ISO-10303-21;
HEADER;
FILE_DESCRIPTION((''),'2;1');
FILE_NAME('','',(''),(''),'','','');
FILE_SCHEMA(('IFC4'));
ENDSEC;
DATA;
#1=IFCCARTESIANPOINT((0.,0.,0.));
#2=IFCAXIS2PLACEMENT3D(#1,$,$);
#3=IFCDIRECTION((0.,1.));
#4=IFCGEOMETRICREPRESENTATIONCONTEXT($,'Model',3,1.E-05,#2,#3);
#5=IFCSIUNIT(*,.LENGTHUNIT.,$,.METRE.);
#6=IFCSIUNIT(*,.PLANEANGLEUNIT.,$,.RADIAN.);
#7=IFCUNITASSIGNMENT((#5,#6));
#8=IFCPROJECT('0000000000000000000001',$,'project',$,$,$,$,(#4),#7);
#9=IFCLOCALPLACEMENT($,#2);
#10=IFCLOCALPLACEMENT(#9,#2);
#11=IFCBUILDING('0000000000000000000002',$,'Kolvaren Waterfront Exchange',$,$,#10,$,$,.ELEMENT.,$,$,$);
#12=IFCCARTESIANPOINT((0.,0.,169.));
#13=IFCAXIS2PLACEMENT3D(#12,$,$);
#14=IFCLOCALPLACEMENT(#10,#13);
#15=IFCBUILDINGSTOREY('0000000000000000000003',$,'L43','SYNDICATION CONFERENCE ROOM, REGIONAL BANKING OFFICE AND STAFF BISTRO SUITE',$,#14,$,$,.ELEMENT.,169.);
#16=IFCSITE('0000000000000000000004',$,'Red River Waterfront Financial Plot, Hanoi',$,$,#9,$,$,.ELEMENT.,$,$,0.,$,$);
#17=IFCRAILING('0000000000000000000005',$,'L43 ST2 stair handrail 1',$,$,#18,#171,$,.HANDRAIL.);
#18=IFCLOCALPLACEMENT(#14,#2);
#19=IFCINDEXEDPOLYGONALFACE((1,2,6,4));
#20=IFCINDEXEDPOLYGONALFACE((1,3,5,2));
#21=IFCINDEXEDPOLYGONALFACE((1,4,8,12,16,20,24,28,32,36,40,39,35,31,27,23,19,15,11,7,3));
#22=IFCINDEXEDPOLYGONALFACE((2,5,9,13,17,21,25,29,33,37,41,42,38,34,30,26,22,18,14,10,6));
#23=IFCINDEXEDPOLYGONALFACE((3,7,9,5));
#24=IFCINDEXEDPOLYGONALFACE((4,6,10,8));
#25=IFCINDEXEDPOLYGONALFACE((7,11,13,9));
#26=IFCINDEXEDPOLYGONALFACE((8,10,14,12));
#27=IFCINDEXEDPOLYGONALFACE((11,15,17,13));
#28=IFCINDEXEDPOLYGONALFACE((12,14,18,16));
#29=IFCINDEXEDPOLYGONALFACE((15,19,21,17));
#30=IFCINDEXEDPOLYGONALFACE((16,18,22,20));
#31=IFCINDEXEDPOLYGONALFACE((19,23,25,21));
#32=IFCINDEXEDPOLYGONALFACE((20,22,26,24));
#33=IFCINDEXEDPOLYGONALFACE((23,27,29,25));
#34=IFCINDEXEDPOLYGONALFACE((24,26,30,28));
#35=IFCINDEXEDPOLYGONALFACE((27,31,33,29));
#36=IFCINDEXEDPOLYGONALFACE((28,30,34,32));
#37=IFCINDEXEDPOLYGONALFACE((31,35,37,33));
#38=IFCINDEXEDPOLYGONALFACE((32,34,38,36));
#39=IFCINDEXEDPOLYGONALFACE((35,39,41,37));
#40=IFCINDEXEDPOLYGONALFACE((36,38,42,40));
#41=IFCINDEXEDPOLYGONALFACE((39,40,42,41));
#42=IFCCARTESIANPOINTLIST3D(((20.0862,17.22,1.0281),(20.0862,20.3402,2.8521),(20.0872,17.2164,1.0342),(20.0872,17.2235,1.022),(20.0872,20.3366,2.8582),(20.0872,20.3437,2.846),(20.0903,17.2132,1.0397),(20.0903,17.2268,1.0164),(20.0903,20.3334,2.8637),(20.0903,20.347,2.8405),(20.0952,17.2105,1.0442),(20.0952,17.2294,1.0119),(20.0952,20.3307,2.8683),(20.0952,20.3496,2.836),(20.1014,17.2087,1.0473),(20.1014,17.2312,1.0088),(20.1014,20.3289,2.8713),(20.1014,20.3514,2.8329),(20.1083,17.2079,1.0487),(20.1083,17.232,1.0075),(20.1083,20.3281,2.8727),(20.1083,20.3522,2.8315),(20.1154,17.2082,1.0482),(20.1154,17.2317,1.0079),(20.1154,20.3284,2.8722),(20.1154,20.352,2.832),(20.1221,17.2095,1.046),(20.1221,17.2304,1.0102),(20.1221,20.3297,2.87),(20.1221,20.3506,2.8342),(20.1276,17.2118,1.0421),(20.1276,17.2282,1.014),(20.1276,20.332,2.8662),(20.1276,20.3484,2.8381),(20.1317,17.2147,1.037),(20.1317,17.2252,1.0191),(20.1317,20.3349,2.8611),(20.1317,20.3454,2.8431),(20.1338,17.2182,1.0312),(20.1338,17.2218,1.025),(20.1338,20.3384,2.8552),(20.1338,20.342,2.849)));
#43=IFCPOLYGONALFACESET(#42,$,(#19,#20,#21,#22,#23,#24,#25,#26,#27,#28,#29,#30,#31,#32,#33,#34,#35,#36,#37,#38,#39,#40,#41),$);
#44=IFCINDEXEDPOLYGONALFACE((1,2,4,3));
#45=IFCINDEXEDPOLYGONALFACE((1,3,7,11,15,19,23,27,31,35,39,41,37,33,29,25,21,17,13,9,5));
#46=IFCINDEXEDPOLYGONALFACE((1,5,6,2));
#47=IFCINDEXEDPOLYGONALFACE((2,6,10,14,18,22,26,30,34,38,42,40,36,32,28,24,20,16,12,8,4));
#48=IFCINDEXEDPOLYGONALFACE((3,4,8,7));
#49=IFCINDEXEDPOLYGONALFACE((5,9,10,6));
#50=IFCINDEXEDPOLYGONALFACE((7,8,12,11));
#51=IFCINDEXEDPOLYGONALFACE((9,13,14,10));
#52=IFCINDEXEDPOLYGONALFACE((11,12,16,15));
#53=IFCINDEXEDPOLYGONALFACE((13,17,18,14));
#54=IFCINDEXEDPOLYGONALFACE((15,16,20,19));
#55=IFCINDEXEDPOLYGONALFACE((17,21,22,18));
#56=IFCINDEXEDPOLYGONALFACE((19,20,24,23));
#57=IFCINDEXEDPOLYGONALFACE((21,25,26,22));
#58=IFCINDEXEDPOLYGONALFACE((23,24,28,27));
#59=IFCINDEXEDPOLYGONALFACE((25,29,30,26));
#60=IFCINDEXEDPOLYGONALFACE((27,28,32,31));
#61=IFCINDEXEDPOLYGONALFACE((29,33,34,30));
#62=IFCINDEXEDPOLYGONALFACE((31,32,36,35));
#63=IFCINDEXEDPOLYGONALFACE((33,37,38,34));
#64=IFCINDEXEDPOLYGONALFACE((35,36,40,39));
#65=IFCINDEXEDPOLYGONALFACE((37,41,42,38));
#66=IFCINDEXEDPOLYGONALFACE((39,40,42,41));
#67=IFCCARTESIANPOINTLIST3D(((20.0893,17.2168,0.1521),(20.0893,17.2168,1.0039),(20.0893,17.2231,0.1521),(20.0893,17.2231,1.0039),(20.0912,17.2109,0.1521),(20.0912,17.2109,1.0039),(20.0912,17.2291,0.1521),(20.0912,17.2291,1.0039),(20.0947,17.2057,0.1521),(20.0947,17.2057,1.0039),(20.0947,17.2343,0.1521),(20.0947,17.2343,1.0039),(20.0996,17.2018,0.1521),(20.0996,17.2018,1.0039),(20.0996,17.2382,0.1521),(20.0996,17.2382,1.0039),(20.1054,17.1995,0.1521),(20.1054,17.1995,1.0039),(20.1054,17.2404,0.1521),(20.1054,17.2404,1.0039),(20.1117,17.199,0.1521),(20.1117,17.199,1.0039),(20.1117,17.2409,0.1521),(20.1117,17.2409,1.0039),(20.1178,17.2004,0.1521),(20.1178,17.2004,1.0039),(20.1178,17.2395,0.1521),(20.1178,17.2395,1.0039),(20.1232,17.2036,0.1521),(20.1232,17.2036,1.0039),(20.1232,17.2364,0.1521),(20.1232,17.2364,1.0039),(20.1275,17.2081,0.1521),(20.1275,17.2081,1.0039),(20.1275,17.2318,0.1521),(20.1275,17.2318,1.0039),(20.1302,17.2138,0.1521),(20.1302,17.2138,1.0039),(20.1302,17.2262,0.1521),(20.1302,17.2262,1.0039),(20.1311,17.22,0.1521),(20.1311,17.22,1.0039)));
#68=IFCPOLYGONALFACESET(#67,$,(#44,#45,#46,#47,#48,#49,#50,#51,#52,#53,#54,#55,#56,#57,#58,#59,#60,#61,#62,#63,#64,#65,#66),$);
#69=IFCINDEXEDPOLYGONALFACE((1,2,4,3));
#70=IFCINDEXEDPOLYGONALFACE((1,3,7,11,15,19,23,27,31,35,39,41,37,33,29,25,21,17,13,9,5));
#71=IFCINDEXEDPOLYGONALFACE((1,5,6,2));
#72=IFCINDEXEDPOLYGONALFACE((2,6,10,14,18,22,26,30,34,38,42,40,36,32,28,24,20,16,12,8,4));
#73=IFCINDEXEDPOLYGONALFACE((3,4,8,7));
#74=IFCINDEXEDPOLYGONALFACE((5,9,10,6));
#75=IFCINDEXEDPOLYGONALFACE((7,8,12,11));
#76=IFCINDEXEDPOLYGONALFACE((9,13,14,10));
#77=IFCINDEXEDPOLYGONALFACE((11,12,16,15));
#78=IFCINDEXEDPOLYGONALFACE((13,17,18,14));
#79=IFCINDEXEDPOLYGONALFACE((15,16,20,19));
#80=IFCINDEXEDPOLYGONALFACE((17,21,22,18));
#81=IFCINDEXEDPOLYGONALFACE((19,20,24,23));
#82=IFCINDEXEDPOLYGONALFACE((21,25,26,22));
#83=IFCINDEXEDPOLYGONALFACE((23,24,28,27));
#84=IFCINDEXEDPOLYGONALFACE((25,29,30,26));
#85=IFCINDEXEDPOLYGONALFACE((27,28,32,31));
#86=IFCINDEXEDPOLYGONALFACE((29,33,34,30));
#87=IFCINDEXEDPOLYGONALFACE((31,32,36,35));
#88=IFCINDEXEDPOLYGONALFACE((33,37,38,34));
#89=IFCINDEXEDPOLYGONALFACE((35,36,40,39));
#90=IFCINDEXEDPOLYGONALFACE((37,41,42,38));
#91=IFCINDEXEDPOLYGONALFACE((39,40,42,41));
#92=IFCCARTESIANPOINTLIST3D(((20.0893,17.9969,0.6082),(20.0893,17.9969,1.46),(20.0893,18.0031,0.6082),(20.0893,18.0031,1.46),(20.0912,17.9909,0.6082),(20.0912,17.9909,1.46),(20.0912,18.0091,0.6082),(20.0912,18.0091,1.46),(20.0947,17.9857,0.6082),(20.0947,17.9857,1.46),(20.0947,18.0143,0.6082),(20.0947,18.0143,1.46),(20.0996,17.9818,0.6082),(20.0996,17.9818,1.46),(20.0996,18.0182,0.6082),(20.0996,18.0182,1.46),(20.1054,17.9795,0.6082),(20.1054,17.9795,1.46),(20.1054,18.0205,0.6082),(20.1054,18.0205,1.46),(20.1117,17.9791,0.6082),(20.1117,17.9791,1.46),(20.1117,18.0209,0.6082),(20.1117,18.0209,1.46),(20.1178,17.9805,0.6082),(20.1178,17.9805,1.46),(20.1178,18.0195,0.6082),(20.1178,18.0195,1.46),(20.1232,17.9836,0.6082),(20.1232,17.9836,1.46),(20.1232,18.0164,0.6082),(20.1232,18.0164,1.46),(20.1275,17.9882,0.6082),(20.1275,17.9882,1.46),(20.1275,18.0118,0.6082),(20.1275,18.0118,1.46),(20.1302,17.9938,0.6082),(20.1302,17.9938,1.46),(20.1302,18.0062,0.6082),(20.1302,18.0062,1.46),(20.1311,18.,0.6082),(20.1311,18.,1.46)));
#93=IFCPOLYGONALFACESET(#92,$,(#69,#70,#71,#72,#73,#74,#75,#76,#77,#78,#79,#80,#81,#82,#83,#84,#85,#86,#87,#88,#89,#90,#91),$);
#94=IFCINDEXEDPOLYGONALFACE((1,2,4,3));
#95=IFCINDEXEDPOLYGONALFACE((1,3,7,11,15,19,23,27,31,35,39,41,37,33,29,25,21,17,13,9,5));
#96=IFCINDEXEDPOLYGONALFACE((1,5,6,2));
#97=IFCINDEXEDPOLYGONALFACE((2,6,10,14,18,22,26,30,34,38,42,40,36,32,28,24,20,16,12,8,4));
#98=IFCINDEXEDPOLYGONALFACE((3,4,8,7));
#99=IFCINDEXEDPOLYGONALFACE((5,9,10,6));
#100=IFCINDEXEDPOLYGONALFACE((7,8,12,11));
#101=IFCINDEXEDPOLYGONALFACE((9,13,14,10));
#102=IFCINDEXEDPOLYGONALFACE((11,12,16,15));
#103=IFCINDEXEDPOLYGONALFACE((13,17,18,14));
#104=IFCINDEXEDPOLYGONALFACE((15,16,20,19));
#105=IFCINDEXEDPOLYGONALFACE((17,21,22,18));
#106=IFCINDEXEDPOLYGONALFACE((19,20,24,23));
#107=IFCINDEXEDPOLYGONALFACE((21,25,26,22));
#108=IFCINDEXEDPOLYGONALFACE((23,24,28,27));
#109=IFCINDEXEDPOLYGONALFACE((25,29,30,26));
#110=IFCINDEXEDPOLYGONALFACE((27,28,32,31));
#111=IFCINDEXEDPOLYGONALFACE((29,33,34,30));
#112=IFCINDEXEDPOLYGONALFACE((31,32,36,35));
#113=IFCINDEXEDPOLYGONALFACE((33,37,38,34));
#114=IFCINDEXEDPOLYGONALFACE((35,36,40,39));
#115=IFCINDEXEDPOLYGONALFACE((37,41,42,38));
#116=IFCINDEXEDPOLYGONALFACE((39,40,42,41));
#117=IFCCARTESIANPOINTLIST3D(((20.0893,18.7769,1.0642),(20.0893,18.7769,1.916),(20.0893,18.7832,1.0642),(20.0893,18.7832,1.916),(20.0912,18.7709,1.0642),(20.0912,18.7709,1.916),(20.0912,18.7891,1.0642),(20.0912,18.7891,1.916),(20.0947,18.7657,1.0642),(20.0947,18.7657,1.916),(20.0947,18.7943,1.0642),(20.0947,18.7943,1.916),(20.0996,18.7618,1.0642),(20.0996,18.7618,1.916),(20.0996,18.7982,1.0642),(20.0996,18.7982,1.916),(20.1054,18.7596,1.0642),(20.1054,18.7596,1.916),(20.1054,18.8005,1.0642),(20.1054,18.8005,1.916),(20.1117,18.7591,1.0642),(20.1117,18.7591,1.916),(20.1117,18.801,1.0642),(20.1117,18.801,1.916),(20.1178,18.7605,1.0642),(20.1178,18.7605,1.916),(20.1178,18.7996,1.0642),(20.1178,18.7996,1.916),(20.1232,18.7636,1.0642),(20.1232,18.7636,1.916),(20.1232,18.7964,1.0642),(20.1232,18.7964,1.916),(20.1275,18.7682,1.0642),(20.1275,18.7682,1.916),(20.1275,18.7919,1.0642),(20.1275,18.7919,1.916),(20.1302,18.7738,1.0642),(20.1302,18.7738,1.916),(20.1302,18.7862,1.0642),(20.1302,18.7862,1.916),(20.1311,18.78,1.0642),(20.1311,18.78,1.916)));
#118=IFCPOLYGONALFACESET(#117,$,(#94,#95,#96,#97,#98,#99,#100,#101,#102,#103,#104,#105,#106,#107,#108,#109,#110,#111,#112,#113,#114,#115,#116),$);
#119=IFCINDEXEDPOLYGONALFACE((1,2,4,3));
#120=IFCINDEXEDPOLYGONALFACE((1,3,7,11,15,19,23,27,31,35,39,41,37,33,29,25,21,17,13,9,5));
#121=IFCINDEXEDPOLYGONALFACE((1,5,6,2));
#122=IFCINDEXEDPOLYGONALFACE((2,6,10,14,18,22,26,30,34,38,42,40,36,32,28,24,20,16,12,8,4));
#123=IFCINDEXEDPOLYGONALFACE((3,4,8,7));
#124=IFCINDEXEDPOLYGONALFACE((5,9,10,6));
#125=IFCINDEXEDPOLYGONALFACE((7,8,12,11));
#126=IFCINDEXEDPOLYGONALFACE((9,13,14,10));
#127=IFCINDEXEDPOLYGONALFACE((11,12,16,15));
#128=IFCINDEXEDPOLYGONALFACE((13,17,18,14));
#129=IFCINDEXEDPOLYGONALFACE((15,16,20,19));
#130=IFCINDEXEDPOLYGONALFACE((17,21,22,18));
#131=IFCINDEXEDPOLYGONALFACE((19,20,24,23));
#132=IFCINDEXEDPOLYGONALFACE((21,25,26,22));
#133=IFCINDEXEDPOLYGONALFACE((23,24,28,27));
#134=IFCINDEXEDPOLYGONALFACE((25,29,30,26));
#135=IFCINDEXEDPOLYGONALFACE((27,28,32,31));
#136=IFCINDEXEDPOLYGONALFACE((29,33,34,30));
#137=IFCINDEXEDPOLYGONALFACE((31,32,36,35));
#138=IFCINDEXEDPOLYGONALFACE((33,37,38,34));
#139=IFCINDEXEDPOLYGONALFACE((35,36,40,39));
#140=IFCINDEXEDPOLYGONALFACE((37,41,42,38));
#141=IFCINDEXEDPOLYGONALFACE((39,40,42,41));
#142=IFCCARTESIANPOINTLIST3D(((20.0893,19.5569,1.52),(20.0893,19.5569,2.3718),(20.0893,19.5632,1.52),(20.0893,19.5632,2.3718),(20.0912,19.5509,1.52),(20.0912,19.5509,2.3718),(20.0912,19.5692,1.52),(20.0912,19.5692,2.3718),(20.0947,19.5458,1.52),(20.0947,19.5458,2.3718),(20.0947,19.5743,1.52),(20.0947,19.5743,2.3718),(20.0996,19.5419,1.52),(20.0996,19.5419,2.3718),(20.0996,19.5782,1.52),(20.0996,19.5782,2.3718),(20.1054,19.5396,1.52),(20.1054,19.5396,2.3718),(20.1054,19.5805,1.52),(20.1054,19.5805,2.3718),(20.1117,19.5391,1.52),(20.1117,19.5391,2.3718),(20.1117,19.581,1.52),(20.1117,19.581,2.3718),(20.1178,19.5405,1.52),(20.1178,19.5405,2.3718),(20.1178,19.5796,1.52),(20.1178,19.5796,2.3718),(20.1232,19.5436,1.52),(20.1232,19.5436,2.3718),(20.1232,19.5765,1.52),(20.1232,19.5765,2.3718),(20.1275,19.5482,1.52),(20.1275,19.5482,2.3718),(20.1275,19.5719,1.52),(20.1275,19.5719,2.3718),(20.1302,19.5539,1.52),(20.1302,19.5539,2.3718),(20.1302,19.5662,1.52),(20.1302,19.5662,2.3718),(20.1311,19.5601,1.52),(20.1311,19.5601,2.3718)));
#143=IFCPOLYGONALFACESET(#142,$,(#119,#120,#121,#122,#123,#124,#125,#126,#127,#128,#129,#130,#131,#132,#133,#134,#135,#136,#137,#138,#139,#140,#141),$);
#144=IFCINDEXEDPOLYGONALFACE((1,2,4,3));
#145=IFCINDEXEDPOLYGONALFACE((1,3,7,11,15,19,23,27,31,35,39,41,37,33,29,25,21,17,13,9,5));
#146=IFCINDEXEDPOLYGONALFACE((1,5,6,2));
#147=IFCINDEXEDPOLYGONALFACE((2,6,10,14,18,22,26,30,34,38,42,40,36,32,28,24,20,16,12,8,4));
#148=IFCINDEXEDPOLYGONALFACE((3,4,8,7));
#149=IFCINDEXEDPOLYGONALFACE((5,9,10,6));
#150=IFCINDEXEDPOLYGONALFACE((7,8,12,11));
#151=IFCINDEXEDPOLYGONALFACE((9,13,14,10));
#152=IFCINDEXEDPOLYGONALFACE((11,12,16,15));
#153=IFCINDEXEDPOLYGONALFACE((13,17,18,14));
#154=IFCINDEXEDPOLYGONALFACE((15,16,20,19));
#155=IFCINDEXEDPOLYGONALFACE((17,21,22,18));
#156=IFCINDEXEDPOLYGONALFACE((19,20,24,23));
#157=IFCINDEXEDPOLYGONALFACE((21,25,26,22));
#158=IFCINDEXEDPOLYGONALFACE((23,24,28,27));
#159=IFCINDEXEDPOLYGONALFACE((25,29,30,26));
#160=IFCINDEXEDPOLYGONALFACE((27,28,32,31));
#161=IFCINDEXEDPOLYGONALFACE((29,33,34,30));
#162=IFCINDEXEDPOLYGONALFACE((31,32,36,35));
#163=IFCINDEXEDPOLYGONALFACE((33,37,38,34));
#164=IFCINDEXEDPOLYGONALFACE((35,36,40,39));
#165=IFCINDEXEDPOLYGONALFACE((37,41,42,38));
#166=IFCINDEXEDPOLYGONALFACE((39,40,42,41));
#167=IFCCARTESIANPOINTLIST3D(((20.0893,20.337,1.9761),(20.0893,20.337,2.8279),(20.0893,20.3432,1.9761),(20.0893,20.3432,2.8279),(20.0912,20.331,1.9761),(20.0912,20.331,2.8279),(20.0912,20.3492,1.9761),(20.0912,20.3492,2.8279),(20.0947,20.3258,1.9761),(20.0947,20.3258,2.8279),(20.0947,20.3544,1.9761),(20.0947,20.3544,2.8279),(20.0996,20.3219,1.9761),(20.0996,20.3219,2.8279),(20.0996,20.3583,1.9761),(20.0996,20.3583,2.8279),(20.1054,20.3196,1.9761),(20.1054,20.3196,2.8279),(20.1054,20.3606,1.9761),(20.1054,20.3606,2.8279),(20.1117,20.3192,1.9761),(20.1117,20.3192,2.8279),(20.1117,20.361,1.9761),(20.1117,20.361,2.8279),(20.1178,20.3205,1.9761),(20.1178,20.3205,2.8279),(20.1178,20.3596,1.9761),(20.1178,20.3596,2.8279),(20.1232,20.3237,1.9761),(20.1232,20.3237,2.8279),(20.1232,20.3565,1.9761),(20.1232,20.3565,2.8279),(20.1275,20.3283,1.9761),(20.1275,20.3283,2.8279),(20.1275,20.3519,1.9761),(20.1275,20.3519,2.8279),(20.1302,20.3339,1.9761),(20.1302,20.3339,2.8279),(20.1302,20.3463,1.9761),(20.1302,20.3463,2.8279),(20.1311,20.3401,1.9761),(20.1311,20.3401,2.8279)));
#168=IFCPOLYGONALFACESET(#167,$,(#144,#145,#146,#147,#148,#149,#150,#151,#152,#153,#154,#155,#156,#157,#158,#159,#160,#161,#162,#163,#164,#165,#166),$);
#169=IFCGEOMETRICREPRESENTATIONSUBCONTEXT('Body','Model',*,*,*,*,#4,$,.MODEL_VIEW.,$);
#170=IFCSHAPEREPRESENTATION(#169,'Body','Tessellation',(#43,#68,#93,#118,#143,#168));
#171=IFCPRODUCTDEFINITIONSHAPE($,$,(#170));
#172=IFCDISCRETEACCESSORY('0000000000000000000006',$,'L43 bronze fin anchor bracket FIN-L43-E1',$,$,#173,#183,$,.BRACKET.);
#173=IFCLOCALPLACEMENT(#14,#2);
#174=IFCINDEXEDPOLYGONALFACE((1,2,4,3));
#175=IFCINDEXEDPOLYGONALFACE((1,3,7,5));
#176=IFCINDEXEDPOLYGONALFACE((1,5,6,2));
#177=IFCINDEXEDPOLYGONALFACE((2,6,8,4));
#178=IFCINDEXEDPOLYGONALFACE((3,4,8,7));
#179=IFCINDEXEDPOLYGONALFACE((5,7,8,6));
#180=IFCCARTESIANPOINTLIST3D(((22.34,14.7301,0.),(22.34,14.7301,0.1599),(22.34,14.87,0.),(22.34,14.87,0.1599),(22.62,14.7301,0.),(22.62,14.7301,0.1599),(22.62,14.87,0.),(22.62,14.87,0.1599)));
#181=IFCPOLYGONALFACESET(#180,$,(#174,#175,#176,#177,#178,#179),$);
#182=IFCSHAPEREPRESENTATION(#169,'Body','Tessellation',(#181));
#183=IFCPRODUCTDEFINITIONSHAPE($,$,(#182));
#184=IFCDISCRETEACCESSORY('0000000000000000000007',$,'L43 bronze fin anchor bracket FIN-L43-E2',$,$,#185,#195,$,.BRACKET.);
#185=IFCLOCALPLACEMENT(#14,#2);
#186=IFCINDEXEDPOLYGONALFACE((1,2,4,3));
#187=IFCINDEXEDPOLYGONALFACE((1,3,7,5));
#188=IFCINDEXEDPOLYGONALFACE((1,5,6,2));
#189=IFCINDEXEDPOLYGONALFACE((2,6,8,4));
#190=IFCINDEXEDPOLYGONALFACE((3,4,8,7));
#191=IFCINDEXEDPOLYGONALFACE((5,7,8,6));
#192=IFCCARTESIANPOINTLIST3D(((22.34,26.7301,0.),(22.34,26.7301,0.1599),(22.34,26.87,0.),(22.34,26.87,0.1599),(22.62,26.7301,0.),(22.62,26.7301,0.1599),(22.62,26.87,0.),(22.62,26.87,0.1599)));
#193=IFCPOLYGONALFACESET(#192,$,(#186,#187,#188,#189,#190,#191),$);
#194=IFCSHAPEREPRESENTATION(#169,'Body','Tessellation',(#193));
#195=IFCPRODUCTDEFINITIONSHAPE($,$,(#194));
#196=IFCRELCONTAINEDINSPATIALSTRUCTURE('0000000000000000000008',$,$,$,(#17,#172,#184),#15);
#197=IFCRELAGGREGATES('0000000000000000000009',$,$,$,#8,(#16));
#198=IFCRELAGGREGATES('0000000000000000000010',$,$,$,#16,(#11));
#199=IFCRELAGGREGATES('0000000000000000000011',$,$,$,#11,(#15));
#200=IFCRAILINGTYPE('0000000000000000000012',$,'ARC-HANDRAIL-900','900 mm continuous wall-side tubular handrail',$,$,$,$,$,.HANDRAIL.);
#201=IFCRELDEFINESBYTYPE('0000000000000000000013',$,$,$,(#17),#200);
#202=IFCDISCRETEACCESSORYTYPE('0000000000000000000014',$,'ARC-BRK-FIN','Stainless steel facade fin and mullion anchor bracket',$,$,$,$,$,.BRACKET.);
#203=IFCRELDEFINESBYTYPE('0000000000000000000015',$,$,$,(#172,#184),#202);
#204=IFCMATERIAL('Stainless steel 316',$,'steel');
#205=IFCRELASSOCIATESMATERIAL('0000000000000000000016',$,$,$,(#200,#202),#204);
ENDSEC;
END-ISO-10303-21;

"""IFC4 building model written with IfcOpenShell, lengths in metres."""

from ifc_helpers import new_model, si_unit, direction, frame, origin, origin_with_axes, origin_2d, place, context, subcontext, project, spatial, rectangle, circle, extrude, source, transform, mapped, material, type_object, element, save


model = new_model("IFC4")

# Units and contexts
model_context = context("Model", 3, precision=1e-05, world=origin(), true_north=direction((0.0, 1.0)))
body_context = subcontext(model_context, "Body", "Model", "MODEL_VIEW")
ifc_project = project(units=[si_unit("LENGTHUNIT", "METRE"), si_unit("PLANEANGLEUNIT", "RADIAN")], contexts=[model_context])

# Site, building, storey
site_placement = place(None, origin())
site = spatial("IfcSite", under=ifc_project, at=site_placement, Name="Red River Waterfront Financial Plot, Hanoi", CompositionType="ELEMENT", RefElevation=0.0)
building_placement = place(site_placement, origin())
building = spatial("IfcBuilding", under=site, at=building_placement, Name="Kolvaren Waterfront Exchange", CompositionType="ELEMENT")
storey_placement = place(building_placement, frame((0.0, 0.0, 169.0)))
storey = spatial("IfcBuildingStorey", under=building, at=storey_placement, Name="L43", Description="SYNDICATION CONFERENCE ROOM, REGIONAL BANKING OFFICE AND STAFF BISTRO SUITE", CompositionType="ELEMENT", Elevation=169.0)

# Railing
ifc_material_1 = material(Name="Stainless steel 316", Category="steel")
railing_type = type_object("IfcRailingType", Name="ARC-HANDRAIL-900", Description="900 mm continuous wall-side tubular handrail", PredefinedType="HANDRAIL", material=ifc_material_1)
railing_placement = place(storey_placement, frame((20.1101, 17.22, 0.1521)))
element("IfcRailing", 1, at=railing_placement, inside=storey, type_object=railing_type, Name="L43 ST2 stair handrail 1", PredefinedType="HANDRAIL", context=body_context, shape_type="SweptSolid", body=[
    extrude(circle(Radius=0.0239, at=origin_2d()), frame((0.0, 0.0, 0.876), z_axis=(0.0, 0.863308, 0.504677), x_axis=(-1.0, 0.0, 0.0)), (0.0, 0.0, 1.0), 3.6143),
    extrude(circle(Radius=0.021, at=origin_2d()), origin(), (0.0, 0.0, 1.0), 0.8518),
    extrude(circle(Radius=0.021, at=origin_2d()), frame((0.0, 0.78, 0.4561)), (0.0, 0.0, 1.0), 0.8518),
    extrude(circle(Radius=0.021, at=origin_2d()), frame((0.0, 1.5601, 0.9121)), (0.0, 0.0, 1.0), 0.8518),
    extrude(circle(Radius=0.021, at=origin_2d()), frame((0.0, 2.3401, 1.3679)), (0.0, 0.0, 1.0), 0.8518),
    extrude(circle(Radius=0.021, at=origin_2d()), frame((0.0, 3.1201, 1.824)), (0.0, 0.0, 1.0), 0.8518),
])

# Discrete accessories
discrete_accessory_type = type_object("IfcDiscreteAccessoryType", Name="ARC-BRK-FIN", Description="Stainless steel facade fin and mullion anchor bracket", PredefinedType="BRACKET", material=ifc_material_1)
shared_shape = source(origin_with_axes(), body_context, "Body", "SweptSolid", [
    extrude(rectangle(XDim=0.28, YDim=0.1399, at=origin_2d()), origin(), (0.0, 0.0, 1.0), 0.1599),
])
for number, where, z_axis, x_axis, name in (
    (2, (22.48, 14.8, 0.0), (0.0, 0.0, 1.0), (1.0, 0.0, 0.0), "L43 bronze fin anchor bracket FIN-L43-E1"),
    (3, (22.48, 26.8, 0.0), (0.0, 0.0, 1.0), (1.0, 0.0, 0.0), "L43 bronze fin anchor bracket FIN-L43-E2"),
):
    element("IfcDiscreteAccessory", number, at=place(storey_placement, frame(where, z_axis=z_axis, x_axis=x_axis)), inside=storey, type_object=discrete_accessory_type, Name=name, PredefinedType="BRACKET", context=body_context, shape_type="MappedRepresentation", body=[
        mapped(shared_shape, transform((0.0, 0.0, 0.0), x_axis=(1.0, 0.0, 0.0), y_axis=(0.0, 1.0, 0.0), z_axis=(0.0, 0.0, 1.0), scale=1.0)),
    ])

save(model, "model.ifc")
